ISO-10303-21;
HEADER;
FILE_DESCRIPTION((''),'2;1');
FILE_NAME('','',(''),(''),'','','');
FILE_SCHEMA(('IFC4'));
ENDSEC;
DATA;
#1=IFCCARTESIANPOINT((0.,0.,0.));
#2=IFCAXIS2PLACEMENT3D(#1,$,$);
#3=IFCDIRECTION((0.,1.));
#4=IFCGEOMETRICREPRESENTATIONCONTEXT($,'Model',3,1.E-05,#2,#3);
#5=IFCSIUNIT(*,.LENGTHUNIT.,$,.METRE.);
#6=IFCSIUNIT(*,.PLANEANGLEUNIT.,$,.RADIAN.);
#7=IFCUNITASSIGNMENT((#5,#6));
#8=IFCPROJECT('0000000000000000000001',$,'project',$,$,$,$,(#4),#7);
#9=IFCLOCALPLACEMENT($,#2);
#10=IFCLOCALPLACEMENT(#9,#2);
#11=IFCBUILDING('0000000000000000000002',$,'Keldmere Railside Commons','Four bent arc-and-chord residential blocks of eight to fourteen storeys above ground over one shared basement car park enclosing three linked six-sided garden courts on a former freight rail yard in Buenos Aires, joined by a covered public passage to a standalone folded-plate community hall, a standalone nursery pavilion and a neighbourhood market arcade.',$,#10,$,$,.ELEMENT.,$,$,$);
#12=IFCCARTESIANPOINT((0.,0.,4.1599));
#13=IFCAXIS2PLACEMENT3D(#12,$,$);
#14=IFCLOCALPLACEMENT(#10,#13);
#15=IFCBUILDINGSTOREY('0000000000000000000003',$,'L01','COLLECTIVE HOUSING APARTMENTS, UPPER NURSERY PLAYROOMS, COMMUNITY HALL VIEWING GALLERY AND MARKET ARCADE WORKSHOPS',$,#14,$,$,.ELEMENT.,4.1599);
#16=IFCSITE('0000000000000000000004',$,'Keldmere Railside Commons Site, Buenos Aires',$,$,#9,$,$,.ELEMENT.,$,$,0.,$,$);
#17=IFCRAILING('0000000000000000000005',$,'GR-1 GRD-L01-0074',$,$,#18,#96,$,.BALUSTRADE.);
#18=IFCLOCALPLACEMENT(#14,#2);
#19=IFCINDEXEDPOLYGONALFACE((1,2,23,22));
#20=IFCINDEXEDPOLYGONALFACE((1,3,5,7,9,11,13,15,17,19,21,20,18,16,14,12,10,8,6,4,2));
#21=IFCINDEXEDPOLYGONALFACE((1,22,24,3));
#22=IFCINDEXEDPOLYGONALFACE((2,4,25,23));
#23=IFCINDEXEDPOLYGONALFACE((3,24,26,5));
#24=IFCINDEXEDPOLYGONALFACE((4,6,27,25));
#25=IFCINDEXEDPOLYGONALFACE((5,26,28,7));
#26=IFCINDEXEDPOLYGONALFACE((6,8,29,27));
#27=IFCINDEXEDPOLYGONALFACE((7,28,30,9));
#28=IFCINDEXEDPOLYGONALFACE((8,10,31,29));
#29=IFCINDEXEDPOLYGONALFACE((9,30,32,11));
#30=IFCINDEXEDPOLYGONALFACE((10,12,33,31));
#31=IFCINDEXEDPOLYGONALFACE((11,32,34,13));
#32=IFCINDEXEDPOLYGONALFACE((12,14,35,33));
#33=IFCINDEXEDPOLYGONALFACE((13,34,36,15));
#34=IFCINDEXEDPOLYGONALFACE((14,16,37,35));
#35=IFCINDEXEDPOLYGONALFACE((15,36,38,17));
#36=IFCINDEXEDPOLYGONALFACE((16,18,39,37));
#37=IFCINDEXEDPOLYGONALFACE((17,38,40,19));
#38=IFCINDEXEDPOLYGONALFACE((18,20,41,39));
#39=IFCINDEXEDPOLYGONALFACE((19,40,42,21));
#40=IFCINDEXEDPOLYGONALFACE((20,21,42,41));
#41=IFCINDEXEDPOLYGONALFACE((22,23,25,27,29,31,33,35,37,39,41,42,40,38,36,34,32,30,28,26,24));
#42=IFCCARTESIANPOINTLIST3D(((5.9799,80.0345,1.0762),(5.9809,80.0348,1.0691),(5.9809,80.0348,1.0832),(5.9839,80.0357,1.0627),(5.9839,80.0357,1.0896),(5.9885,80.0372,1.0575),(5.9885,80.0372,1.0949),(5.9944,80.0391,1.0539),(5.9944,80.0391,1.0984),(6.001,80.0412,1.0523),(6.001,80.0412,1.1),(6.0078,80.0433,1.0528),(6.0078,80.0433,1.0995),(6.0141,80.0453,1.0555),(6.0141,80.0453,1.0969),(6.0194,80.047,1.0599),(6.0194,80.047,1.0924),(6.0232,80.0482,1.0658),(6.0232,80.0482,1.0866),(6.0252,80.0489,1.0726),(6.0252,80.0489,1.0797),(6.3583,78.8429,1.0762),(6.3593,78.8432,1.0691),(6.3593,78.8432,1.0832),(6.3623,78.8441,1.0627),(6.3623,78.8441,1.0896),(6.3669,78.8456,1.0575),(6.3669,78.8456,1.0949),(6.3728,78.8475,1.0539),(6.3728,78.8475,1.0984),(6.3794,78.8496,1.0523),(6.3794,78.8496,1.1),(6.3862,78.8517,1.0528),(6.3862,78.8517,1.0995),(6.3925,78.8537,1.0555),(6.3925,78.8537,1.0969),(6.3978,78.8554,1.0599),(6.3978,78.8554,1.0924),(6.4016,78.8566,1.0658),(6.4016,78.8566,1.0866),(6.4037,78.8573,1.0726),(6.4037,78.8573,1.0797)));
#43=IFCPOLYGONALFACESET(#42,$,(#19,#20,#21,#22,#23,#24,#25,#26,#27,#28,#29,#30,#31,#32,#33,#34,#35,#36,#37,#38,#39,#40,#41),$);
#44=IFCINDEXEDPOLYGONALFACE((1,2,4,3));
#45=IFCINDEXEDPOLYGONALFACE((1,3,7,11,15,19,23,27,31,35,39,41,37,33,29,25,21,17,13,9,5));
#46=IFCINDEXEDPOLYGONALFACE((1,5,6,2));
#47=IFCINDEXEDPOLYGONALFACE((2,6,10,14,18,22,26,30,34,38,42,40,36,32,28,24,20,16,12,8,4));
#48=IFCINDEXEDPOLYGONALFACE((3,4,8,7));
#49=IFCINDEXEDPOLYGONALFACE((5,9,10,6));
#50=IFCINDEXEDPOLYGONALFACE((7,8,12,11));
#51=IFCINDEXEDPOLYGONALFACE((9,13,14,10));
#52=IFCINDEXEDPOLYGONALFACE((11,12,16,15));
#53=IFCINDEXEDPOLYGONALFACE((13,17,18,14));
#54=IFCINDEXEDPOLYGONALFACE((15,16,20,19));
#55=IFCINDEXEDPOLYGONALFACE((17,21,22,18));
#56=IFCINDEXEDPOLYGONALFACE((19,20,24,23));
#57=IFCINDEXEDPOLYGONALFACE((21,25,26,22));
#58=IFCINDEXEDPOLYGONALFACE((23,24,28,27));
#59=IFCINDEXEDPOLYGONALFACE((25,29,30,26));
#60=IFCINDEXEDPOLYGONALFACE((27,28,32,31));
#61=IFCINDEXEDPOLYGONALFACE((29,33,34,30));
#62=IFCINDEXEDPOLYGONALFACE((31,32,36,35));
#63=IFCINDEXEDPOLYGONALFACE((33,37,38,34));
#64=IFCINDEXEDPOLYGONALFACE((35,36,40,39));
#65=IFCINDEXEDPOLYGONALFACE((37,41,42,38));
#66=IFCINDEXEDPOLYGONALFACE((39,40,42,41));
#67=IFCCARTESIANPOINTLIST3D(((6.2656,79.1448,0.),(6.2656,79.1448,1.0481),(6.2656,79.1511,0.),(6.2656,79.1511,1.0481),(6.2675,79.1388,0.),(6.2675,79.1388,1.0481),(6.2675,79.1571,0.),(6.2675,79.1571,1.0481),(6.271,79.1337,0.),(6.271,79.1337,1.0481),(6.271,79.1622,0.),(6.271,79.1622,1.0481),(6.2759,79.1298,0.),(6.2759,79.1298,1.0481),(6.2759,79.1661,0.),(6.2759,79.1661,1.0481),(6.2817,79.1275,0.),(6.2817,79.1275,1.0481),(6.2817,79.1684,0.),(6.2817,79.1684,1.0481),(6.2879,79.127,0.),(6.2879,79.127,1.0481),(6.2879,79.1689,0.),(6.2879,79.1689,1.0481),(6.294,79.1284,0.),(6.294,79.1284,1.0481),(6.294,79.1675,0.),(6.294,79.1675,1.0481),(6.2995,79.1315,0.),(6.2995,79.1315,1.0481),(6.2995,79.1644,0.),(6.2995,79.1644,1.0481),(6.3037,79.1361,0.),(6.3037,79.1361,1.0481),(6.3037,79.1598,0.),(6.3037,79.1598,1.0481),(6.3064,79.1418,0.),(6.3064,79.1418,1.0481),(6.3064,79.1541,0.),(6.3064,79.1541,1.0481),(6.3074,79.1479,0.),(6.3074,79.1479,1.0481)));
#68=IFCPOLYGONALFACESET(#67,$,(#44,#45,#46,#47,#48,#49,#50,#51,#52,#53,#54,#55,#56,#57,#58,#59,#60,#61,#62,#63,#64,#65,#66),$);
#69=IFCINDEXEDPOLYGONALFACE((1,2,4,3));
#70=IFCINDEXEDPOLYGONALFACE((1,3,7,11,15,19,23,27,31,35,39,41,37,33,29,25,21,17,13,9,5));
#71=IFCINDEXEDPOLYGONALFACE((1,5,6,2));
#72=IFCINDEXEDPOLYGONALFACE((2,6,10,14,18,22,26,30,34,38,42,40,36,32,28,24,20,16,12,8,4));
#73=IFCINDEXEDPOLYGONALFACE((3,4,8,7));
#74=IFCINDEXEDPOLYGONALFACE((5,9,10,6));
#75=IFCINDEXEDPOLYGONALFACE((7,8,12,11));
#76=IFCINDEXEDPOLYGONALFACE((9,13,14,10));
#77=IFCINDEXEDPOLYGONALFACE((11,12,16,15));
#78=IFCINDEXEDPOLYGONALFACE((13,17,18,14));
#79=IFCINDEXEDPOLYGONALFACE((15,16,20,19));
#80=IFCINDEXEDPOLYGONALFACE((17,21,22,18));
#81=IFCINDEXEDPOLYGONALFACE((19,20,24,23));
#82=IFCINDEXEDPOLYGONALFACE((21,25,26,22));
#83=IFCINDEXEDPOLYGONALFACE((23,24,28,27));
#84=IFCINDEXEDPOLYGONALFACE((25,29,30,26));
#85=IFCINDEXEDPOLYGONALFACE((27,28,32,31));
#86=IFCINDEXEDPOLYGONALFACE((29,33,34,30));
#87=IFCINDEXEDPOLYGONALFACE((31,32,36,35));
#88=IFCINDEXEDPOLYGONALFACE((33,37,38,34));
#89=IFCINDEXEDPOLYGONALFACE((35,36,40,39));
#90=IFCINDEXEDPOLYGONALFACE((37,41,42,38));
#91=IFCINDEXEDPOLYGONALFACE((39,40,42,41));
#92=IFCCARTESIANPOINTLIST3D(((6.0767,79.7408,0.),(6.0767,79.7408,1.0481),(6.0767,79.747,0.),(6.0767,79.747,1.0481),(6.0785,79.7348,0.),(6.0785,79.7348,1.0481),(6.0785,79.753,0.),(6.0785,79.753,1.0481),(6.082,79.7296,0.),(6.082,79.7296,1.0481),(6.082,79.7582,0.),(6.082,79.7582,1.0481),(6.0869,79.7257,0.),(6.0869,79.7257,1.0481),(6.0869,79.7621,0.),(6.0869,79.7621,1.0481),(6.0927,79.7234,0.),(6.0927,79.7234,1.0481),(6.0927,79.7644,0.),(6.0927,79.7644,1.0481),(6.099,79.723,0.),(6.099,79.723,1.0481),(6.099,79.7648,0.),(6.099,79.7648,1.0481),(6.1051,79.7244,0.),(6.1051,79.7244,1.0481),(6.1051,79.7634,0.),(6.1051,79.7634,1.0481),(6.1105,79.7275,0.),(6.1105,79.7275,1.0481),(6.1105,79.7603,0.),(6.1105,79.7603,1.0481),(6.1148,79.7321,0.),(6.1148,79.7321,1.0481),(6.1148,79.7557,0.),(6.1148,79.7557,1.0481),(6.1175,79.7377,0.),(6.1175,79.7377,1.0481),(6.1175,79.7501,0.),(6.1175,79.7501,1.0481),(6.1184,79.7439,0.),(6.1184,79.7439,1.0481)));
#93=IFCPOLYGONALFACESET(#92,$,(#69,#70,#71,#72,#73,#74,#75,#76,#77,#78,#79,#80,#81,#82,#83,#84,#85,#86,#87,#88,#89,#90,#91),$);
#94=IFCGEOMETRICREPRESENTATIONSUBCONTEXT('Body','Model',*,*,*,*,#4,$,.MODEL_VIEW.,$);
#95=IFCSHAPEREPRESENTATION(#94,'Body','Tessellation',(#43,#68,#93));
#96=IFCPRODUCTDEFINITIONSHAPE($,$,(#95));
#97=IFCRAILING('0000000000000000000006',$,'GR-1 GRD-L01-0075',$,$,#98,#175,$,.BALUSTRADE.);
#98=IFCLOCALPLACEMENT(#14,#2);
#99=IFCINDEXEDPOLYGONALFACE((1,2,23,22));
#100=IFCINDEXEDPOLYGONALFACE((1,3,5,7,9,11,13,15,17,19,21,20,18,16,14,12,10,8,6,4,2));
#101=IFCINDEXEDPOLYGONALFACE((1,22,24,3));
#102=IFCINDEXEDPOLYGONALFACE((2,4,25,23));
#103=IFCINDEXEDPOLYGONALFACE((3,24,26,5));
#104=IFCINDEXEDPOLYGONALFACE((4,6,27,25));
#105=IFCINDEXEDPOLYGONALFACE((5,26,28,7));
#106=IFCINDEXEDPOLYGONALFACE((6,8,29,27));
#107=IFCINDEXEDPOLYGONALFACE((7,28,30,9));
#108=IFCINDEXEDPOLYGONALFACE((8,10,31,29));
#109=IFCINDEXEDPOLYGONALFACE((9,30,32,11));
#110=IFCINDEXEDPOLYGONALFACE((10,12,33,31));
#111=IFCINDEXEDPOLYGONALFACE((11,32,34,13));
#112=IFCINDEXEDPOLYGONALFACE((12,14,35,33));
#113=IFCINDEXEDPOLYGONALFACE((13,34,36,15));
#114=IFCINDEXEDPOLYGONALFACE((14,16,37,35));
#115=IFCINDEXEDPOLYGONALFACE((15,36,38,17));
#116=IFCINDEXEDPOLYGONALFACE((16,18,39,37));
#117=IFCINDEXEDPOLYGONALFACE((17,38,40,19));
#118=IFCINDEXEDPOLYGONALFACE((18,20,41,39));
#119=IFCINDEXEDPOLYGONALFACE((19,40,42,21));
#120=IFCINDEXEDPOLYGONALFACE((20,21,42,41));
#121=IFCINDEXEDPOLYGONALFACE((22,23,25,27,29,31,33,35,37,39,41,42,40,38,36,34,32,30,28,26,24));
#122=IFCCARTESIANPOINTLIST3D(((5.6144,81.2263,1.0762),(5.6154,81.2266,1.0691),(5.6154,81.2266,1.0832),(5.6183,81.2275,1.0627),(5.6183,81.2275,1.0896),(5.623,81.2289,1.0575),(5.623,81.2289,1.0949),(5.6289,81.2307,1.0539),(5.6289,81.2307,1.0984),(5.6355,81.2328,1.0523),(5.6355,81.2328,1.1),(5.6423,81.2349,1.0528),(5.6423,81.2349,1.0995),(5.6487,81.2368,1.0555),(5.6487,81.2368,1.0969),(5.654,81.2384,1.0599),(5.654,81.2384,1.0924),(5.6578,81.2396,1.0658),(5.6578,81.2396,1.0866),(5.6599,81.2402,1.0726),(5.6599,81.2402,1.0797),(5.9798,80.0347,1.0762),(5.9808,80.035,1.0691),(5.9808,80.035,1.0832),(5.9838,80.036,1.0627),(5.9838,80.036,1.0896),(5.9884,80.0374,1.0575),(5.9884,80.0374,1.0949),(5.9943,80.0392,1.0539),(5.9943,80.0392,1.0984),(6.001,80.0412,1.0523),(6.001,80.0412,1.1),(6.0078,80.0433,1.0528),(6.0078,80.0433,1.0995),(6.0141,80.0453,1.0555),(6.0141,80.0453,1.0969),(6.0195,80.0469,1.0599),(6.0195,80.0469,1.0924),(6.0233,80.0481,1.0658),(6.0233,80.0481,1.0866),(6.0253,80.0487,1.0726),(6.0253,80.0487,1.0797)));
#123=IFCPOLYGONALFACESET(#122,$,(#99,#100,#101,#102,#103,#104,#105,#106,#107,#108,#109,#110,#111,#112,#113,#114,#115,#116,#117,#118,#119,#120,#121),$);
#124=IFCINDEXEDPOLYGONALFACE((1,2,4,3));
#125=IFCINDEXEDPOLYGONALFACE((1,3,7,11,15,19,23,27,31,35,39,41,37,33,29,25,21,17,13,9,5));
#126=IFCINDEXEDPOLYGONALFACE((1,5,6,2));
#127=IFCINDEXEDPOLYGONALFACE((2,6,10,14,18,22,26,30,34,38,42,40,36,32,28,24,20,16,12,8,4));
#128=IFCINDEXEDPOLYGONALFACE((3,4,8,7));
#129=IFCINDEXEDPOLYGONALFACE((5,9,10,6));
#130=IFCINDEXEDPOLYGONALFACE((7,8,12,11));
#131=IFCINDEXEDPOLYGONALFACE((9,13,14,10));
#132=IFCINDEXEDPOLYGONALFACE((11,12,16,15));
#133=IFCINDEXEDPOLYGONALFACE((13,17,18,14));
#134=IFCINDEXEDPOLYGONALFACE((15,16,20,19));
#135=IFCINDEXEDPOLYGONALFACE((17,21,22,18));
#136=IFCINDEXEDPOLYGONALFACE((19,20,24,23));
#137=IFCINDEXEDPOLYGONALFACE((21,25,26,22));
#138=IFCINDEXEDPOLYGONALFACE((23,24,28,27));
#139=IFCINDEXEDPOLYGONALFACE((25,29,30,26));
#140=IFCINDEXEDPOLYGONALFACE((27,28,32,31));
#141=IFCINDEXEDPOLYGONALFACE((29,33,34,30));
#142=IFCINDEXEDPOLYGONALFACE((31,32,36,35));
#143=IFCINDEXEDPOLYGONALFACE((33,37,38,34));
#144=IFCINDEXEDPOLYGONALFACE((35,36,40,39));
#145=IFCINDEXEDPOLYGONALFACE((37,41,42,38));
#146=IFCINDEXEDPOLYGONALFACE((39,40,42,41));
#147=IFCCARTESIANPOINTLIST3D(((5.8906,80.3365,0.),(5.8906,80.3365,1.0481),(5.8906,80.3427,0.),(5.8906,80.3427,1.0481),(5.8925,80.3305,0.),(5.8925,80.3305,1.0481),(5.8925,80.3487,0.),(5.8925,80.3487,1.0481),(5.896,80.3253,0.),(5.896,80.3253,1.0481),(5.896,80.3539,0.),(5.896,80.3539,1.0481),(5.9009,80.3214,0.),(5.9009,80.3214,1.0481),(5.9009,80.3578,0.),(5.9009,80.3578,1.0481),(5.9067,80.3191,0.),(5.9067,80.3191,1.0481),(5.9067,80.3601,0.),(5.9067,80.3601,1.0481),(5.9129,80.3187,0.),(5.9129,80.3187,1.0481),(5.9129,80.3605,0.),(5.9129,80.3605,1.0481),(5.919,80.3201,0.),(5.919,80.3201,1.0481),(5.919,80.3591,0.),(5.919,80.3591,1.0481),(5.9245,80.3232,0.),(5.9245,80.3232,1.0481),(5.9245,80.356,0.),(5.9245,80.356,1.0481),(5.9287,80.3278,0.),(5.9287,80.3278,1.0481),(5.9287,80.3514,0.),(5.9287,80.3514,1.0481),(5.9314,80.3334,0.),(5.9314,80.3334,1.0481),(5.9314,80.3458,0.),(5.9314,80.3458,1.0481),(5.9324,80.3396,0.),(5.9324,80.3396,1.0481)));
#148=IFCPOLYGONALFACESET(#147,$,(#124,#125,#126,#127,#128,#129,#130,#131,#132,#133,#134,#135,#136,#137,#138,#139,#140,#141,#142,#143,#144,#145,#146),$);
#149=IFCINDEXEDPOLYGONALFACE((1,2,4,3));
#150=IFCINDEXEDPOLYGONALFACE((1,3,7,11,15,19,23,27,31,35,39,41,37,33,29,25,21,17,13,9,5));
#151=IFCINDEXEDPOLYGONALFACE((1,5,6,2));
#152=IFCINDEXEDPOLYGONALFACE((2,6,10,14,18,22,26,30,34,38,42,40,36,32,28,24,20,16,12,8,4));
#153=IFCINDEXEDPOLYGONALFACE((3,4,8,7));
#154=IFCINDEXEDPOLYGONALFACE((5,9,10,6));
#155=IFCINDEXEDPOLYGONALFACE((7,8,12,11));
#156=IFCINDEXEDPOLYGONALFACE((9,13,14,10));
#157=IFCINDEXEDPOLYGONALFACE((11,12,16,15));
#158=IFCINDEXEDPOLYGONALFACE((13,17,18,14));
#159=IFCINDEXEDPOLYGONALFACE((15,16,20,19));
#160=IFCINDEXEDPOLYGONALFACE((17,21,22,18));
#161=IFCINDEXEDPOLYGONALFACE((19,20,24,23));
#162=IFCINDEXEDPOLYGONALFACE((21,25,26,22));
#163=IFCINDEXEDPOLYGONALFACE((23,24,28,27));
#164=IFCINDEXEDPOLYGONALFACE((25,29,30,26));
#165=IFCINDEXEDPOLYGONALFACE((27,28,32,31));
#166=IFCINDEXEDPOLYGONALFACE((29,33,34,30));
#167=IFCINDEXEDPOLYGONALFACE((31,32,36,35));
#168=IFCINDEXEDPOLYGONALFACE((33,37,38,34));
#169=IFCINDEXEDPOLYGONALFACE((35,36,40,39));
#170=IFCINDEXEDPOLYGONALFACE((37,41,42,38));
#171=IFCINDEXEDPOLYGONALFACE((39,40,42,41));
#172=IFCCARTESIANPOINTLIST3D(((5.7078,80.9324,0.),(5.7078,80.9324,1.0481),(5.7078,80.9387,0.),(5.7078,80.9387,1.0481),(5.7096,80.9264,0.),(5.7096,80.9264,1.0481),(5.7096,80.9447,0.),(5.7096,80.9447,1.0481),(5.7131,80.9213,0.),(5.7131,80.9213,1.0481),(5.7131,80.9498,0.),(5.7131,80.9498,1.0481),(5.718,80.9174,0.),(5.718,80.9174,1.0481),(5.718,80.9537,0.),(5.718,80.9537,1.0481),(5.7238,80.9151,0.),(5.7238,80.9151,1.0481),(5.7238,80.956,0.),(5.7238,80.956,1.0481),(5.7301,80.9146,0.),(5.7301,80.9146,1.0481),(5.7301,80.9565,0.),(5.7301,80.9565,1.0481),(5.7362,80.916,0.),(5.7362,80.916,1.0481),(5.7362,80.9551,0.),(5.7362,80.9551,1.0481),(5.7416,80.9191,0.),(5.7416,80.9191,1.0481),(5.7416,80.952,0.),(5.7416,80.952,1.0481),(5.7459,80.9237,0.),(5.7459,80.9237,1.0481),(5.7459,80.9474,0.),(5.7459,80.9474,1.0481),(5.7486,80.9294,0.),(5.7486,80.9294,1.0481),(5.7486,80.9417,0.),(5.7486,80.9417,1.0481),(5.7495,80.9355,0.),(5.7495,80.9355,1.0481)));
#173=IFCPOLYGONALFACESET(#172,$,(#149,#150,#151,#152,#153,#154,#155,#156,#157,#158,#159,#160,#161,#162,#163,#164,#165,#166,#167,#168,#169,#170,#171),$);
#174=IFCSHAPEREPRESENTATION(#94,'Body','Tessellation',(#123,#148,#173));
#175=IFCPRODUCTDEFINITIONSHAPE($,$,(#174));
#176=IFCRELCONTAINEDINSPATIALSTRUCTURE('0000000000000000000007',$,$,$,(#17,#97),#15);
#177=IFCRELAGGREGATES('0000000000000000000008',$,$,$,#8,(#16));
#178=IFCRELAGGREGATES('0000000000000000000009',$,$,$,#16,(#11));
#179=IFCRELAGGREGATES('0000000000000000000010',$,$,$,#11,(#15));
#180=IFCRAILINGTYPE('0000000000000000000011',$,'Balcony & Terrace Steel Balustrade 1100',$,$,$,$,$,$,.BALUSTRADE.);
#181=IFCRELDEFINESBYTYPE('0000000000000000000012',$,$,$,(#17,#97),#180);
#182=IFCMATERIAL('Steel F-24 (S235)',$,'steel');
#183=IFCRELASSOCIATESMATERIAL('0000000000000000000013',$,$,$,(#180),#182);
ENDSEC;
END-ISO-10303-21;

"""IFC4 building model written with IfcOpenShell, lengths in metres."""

from ifc_helpers import new_model, si_unit, direction, frame, origin, origin_2d, place, context, subcontext, project, spatial, circle, extrude, material, type_object, element, save


model = new_model("IFC4")

# Units and contexts
model_context = context("Model", 3, precision=1e-05, world=origin(), true_north=direction((0.0, 1.0)))
body_context = subcontext(model_context, "Body", "Model", "MODEL_VIEW")
ifc_project = project(units=[si_unit("LENGTHUNIT", "METRE"), si_unit("PLANEANGLEUNIT", "RADIAN")], contexts=[model_context])

# Site, building, storey
site_placement = place(None, origin())
site = spatial("IfcSite", under=ifc_project, at=site_placement, Name="Keldmere Railside Commons Site, Buenos Aires", CompositionType="ELEMENT", RefElevation=0.0)
building_placement = place(site_placement, origin())
building = spatial("IfcBuilding", under=site, at=building_placement, Name="Keldmere Railside Commons", Description="Four bent arc-and-chord residential blocks of eight to fourteen storeys above ground over one shared basement car park enclosing three linked six-sided garden courts on a former freight rail yard in Buenos Aires, joined by a covered public passage to a standalone folded-plate community hall, a standalone nursery pavilion and a neighbourhood market arcade.", CompositionType="ELEMENT")
storey_placement = place(building_placement, frame((0.0, 0.0, 4.1599)))
storey = spatial("IfcBuildingStorey", under=building, at=storey_placement, Name="L01", Description="COLLECTIVE HOUSING APARTMENTS, UPPER NURSERY PLAYROOMS, COMMUNITY HALL VIEWING GALLERY AND MARKET ARCADE WORKSHOPS", CompositionType="ELEMENT", Elevation=4.1599)

# Shared definitions
ifc_material_1 = material(Name="Steel F-24 (S235)", Category="steel")

# Railings
railing_type = type_object("IfcRailingType", Name="Balcony & Terrace Steel Balustrade 1100", PredefinedType="BALUSTRADE", material=ifc_material_1)
railing_1_placement = place(storey_placement, frame((6.3811, 78.8501, 0.0)))
element("IfcRailing", 1, at=railing_1_placement, inside=storey, type_object=railing_type, Name="GR-1 GRD-L01-0074", PredefinedType="BALUSTRADE", context=body_context, shape_type="SweptSolid", body=[
    extrude(circle(Radius=0.0239, at=origin_2d()), frame((0.0, 0.0, 1.0762), z_axis=(-0.302664, 0.953097, 0.0), x_axis=(-0.953097, -0.302664, 0.0)), (0.0, 0.0, 1.0), 1.2502),
    extrude(circle(Radius=0.021, at=origin_2d()), frame((-0.0947, 0.2979, 0.0)), (0.0, 0.0, 1.0), 1.0481),
    extrude(circle(Radius=0.021, at=origin_2d()), frame((-0.2837, 0.8938, 0.0)), (0.0, 0.0, 1.0), 1.0481),
])
railing_2_placement = place(storey_placement, frame((6.0027, 80.0417, 0.0)))
element("IfcRailing", 2, at=railing_2_placement, inside=storey, type_object=railing_type, Name="GR-1 GRD-L01-0075", PredefinedType="BALUSTRADE", context=body_context, shape_type="SweptSolid", body=[
    extrude(circle(Radius=0.0239, at=origin_2d()), frame((0.0, 0.0, 1.0762), z_axis=(-0.293219, 0.956045, 0.0), x_axis=(-0.956045, -0.293219, 0.0)), (0.0, 0.0, 1.0), 1.2463),
    extrude(circle(Radius=0.021, at=origin_2d()), frame((-0.0913, 0.2979, 0.0)), (0.0, 0.0, 1.0), 1.0481),
    extrude(circle(Radius=0.021, at=origin_2d()), frame((-0.2742, 0.8938, 0.0)), (0.0, 0.0, 1.0), 1.0481),
])

save(model, "model.ifc")
